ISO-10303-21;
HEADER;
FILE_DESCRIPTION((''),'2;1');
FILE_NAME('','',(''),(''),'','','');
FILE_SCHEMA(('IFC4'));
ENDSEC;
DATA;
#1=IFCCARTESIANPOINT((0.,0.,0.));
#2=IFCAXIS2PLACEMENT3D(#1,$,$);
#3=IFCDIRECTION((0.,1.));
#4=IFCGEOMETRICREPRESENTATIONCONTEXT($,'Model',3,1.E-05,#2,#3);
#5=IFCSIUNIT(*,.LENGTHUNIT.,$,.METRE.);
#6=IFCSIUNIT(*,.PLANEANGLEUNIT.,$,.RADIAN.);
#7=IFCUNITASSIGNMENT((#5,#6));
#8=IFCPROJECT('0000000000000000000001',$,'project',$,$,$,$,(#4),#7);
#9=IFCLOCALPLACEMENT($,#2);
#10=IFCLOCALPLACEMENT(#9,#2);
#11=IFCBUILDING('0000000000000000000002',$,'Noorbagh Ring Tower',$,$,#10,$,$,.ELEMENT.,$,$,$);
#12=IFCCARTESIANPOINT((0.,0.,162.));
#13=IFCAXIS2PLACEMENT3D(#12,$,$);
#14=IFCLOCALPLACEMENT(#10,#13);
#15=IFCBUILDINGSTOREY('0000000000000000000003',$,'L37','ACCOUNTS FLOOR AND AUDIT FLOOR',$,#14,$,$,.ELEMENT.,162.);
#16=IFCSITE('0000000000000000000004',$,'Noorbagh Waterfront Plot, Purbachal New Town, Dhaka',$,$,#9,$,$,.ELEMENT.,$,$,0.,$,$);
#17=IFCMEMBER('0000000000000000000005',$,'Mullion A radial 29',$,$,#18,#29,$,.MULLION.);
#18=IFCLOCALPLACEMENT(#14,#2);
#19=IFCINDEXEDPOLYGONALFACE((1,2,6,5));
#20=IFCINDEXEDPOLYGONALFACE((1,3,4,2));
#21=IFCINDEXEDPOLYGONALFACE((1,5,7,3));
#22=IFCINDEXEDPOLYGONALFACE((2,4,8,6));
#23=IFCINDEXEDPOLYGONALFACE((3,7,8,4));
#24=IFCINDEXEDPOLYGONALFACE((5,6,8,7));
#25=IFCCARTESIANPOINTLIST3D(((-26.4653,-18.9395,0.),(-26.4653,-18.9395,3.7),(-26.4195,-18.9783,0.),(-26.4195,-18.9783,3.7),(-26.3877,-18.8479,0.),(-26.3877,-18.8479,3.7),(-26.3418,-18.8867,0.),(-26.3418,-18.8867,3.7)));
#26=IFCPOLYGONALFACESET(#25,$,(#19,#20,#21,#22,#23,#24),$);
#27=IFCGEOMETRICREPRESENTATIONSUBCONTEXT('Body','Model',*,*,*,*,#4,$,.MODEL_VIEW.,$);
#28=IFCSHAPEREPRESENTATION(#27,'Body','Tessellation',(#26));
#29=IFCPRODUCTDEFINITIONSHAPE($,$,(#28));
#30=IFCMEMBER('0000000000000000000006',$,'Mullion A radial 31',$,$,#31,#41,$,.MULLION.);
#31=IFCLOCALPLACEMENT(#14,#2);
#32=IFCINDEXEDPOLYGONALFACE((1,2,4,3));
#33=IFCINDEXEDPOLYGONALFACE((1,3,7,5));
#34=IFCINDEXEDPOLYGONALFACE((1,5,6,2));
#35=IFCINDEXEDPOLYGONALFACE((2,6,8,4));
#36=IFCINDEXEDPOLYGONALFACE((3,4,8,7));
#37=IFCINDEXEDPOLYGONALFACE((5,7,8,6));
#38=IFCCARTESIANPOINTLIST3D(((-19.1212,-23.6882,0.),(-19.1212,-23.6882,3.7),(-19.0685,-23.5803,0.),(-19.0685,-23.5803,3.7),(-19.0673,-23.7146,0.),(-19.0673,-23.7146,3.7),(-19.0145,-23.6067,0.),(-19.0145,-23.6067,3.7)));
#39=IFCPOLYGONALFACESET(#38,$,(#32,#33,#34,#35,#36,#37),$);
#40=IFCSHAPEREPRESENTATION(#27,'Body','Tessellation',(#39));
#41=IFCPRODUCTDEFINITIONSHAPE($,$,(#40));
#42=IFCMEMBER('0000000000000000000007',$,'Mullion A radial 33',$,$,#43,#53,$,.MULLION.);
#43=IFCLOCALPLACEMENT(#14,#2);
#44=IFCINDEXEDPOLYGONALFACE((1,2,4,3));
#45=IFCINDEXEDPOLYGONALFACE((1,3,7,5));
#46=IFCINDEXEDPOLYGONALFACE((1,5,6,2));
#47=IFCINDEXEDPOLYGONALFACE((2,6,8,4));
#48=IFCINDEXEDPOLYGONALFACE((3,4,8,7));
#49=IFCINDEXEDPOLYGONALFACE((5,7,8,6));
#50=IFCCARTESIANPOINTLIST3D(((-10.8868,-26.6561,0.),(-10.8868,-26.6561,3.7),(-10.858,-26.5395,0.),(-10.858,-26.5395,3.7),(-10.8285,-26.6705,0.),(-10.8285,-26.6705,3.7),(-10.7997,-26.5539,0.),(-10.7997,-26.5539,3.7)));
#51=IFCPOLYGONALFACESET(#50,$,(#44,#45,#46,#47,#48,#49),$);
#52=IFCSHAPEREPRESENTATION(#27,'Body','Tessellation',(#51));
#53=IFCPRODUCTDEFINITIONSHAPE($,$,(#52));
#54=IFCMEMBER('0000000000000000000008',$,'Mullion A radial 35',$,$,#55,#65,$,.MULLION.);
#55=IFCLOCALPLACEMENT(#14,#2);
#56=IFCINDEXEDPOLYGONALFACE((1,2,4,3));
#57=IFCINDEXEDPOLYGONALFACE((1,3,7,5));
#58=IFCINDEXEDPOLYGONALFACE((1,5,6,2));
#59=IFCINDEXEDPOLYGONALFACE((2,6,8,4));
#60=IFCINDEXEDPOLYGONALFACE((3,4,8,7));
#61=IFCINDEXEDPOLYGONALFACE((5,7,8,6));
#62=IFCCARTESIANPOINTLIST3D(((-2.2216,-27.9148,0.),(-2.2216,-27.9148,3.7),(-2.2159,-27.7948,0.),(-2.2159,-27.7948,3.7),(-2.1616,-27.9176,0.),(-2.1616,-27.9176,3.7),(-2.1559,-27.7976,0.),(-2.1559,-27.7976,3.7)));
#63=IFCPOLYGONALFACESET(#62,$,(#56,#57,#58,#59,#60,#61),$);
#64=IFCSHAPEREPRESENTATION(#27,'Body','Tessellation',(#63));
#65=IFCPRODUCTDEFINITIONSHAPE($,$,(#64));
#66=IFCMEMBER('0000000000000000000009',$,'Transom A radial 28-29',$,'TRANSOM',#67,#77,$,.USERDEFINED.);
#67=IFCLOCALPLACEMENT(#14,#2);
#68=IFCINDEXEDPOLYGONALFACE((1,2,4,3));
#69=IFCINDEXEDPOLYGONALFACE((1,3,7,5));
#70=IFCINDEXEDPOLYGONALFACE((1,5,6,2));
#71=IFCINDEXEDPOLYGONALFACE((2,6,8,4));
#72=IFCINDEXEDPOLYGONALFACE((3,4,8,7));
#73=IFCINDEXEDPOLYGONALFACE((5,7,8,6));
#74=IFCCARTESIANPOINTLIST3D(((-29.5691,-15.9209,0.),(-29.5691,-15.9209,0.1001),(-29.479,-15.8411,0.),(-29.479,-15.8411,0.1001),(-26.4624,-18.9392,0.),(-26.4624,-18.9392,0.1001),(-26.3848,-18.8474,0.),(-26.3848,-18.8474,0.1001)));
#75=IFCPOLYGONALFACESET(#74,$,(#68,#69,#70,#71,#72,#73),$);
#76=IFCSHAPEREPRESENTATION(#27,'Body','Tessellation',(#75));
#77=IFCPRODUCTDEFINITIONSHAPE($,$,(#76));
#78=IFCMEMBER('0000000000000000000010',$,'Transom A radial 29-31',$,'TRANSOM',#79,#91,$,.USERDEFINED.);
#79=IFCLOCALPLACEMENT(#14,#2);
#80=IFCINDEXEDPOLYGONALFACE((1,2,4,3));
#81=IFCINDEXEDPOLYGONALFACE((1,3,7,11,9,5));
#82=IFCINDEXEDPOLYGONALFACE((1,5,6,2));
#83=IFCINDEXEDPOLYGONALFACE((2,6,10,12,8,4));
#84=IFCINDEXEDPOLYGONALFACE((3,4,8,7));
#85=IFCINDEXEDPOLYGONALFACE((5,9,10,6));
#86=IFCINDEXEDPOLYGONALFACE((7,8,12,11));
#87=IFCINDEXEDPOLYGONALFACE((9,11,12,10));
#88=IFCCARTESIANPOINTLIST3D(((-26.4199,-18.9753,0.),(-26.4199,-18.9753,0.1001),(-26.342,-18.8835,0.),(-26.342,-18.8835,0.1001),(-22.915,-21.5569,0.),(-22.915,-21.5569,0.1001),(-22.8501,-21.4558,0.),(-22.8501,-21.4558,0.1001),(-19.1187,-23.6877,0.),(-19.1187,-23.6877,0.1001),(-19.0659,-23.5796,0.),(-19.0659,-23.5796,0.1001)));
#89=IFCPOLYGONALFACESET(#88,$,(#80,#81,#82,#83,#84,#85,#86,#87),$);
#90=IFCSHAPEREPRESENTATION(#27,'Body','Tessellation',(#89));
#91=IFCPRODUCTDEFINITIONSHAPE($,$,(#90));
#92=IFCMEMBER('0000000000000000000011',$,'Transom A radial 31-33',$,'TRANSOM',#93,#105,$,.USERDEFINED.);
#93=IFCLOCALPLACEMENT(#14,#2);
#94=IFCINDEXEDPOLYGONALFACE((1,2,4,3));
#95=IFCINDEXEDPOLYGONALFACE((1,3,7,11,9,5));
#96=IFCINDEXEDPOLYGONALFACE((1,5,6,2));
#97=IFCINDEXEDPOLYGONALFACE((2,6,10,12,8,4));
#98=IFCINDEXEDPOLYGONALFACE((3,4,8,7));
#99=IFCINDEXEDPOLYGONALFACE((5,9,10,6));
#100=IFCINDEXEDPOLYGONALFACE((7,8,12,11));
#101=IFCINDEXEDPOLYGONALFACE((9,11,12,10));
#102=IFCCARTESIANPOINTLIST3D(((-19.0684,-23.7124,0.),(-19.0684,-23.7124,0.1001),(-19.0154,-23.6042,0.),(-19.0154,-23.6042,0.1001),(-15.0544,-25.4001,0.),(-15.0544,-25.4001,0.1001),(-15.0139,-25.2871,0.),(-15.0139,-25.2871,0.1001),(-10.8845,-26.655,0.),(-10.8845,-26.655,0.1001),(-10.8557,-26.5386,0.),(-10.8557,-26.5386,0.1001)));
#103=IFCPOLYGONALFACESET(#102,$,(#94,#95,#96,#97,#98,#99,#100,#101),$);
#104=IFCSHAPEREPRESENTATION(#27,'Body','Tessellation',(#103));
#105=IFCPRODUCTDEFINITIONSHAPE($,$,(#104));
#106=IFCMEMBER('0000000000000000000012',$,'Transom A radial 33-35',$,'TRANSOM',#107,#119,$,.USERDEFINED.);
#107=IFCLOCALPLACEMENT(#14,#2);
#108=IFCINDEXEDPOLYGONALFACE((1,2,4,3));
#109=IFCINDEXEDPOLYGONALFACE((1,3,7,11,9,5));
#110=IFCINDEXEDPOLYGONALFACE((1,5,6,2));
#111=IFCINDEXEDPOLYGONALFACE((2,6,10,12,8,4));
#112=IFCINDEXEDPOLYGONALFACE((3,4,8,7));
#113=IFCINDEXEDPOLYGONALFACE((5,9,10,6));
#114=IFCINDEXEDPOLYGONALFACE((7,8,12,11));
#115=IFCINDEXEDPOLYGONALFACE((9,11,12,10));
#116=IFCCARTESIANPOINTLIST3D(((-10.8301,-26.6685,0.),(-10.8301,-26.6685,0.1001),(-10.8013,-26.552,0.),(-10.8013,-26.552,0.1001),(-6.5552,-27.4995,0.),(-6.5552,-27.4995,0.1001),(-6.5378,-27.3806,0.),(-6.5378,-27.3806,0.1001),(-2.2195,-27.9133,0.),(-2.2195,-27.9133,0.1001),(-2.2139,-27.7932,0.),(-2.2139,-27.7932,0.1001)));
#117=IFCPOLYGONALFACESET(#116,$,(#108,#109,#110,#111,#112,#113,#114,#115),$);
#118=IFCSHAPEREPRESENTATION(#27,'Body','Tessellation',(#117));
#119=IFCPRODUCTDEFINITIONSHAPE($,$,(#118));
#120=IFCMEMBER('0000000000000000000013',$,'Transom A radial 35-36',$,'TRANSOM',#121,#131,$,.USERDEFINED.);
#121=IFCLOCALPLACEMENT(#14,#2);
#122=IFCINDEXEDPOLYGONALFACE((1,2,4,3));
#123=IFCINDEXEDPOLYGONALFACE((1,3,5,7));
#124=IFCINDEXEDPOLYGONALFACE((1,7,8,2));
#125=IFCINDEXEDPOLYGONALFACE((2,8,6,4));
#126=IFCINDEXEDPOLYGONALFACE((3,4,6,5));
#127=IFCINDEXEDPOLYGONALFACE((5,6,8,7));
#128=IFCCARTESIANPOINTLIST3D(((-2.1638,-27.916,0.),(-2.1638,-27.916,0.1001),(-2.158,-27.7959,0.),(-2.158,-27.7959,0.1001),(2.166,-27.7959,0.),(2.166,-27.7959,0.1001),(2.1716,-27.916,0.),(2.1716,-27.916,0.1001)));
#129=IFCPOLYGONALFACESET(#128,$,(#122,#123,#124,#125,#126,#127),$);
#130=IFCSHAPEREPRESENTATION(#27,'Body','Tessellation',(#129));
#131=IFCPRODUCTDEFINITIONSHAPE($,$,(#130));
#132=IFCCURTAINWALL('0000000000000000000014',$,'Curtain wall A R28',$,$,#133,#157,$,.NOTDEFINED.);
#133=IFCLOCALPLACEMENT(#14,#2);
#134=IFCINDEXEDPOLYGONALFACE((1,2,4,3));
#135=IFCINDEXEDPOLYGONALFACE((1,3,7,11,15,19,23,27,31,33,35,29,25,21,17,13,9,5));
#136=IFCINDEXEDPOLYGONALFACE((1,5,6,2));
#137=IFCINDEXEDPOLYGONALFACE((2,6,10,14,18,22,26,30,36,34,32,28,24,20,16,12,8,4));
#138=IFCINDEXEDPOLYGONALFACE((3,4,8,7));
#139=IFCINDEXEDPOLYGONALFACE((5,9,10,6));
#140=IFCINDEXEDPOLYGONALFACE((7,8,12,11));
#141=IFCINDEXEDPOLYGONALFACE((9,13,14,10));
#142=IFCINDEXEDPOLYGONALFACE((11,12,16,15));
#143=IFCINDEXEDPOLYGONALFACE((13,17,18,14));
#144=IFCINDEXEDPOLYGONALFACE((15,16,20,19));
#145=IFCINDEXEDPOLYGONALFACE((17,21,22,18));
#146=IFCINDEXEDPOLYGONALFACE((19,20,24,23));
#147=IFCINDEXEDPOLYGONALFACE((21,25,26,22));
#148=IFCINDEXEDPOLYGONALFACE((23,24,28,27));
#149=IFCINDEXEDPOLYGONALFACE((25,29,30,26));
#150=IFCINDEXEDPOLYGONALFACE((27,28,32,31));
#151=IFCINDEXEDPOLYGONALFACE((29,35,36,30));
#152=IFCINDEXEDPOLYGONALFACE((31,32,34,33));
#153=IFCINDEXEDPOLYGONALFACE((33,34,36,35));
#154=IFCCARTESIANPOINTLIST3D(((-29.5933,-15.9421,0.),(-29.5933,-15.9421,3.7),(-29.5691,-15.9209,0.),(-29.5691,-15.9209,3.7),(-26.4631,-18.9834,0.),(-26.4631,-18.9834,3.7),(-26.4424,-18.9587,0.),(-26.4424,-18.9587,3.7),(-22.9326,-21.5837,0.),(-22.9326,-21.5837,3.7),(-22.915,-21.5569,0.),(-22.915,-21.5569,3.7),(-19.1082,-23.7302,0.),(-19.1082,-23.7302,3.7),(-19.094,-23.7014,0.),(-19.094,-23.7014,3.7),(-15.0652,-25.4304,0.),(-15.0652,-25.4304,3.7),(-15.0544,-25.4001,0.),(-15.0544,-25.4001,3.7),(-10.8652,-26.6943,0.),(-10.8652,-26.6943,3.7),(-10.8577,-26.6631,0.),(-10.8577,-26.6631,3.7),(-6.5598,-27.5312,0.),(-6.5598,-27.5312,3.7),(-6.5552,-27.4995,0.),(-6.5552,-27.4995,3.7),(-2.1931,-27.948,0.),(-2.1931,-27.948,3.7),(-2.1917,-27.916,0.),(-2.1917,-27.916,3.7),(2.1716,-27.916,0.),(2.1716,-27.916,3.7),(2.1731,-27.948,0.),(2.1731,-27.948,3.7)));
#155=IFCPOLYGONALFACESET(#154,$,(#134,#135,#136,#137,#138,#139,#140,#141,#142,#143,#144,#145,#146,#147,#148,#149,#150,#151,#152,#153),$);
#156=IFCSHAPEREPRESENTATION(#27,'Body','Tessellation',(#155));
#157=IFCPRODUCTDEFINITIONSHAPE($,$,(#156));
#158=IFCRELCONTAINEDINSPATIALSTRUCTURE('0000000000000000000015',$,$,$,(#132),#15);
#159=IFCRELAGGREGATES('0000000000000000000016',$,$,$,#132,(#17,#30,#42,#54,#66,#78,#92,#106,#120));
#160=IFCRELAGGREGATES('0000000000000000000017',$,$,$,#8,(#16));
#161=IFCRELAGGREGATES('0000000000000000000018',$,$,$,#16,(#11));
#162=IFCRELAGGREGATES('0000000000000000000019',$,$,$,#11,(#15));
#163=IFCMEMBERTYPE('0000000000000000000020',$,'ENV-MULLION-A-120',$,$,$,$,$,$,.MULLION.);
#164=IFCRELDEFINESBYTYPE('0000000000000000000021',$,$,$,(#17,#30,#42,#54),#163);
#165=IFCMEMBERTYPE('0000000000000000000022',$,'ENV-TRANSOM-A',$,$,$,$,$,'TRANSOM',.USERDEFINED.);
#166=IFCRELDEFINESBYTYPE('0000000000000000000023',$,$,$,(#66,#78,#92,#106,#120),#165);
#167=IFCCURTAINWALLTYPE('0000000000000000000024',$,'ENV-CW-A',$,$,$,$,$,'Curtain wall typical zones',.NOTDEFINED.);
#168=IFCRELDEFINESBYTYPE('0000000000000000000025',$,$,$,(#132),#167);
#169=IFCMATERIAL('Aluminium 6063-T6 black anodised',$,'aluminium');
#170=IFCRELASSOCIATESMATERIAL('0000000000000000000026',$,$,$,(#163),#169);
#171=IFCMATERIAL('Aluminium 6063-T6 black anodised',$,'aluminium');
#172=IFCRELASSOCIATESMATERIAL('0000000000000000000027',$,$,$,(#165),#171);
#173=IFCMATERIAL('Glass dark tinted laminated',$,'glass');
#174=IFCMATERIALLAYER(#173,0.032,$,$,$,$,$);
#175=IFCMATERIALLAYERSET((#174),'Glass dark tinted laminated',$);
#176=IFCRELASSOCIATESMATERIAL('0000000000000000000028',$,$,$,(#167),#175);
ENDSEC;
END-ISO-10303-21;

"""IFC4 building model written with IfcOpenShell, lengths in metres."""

from ifc_helpers import new_model, si_unit, direction, frame, origin, origin_2d, place, context, subcontext, project, spatial, polyline, rectangle, outline, extrude, material, layer, layer_set, material_profile, profile_set, type_object, element, aggregate, save


model = new_model("IFC4")

# Units and contexts
model_context = context("Model", 3, precision=1e-05, world=origin(), true_north=direction((0.0, 1.0)))
body_context = subcontext(model_context, "Body", "Model", "MODEL_VIEW")
ifc_project = project(units=[si_unit("LENGTHUNIT", "METRE"), si_unit("PLANEANGLEUNIT", "RADIAN")], contexts=[model_context])

# Members
ifc_material_1 = material(Name="Aluminium 6063-T6 black anodised", Category="aluminium")
ifc_material_profile_1 = material_profile(ifc_material_1, rectangle(XDim=0.1201, YDim=0.0601, at=origin_2d()), Name="120x60")
ifc_profile_set_1 = profile_set([ifc_material_profile_1], Name="Aluminium 6063-T6 black anodised")
member_type_1 = type_object("IfcMemberType", Name="ENV-MULLION-A-120", PredefinedType="MULLION", material=ifc_profile_set_1)
site_placement = place(None, origin())
building_placement = place(site_placement, origin())
storey_placement = place(building_placement, frame((0.0, 0.0, 162.0)))
member_1_placement = place(storey_placement, frame((-26.4036, -18.9131, 0.0), z_axis=(0.0, 0.0, 1.0), x_axis=(0.646451, 0.762955, 0.0)))
member_1 = element("IfcMember", 1, at=member_1_placement, type_object=member_type_1, Name="Mullion A radial 29", PredefinedType="MULLION", context=body_context, shape_type="SweptSolid", body=[
    extrude(rectangle(XDim=0.1201, YDim=0.0601, at=origin_2d()), origin(), (0.0, 0.0, 1.0), 3.7),
])
member_2_placement = place(storey_placement, frame((-19.0679, -23.6475, 0.0), z_axis=(0.0, 0.0, 1.0), x_axis=(0.439238, 0.898371, 0.0)))
member_2 = element("IfcMember", 2, at=member_2_placement, type_object=member_type_1, Name="Mullion A radial 31", PredefinedType="MULLION", context=body_context, shape_type="SweptSolid", body=[
    extrude(rectangle(XDim=0.1201, YDim=0.0601, at=origin_2d()), origin(), (0.0, 0.0, 1.0), 3.7),
])
member_3_placement = place(storey_placement, frame((-10.8433, -26.605, 0.0), z_axis=(0.0, 0.0, 1.0), x_axis=(0.239799, 0.970823, 0.0)))
member_3 = element("IfcMember", 3, at=member_3_placement, type_object=member_type_1, Name="Mullion A radial 33", PredefinedType="MULLION", context=body_context, shape_type="SweptSolid", body=[
    extrude(rectangle(XDim=0.1201, YDim=0.0601, at=origin_2d()), origin(), (0.0, 0.0, 1.0), 3.7),
])
member_4_placement = place(storey_placement, frame((-2.1887, -27.8562, 0.0), z_axis=(0.0, 0.0, 1.0), x_axis=(0.047558, 0.998868, 0.0)))
member_4 = element("IfcMember", 4, at=member_4_placement, type_object=member_type_1, Name="Mullion A radial 35", PredefinedType="MULLION", context=body_context, shape_type="SweptSolid", body=[
    extrude(rectangle(XDim=0.1201, YDim=0.0601, at=origin_2d()), origin(), (0.0, 0.0, 1.0), 3.7),
])
ifc_material_2 = material(Name="Aluminium 6063-T6 black anodised", Category="aluminium")
member_type_2 = type_object("IfcMemberType", Name="ENV-TRANSOM-A", ElementType="TRANSOM", PredefinedType="USERDEFINED", material=ifc_material_2)
member_5_placement = place(storey_placement, origin())
member_5 = element("IfcMember", 5, at=member_5_placement, type_object=member_type_2, Name="Transom A radial 28-29", ObjectType="TRANSOM", PredefinedType="USERDEFINED", context=body_context, shape_type="SweptSolid", body=[
    extrude(outline(polyline([(-29.5691, -15.9209), (-26.4624, -18.9392), (-26.3848, -18.8474), (-29.479, -15.8411), (-29.5691, -15.9209)])), origin(), (0.0, 0.0, 1.0), 0.1001),
])
member_6_placement = place(storey_placement, origin())
member_6 = element("IfcMember", 6, at=member_6_placement, type_object=member_type_2, Name="Transom A radial 29-31", ObjectType="TRANSOM", PredefinedType="USERDEFINED", context=body_context, shape_type="SweptSolid", body=[
    extrude(outline(polyline([(-26.4199, -18.9753), (-22.915, -21.5569), (-19.1187, -23.6877), (-19.0659, -23.5796), (-22.8501, -21.4558), (-26.342, -18.8835), (-26.4199, -18.9753)])), origin(), (0.0, 0.0, 1.0), 0.1001),
])
member_7_placement = place(storey_placement, origin())
member_7 = element("IfcMember", 7, at=member_7_placement, type_object=member_type_2, Name="Transom A radial 31-33", ObjectType="TRANSOM", PredefinedType="USERDEFINED", context=body_context, shape_type="SweptSolid", body=[
    extrude(outline(polyline([(-19.0684, -23.7124), (-15.0544, -25.4001), (-10.8845, -26.655), (-10.8557, -26.5386), (-15.0139, -25.2871), (-19.0154, -23.6042), (-19.0684, -23.7124)])), origin(), (0.0, 0.0, 1.0), 0.1001),
])
member_8_placement = place(storey_placement, origin())
member_8 = element("IfcMember", 8, at=member_8_placement, type_object=member_type_2, Name="Transom A radial 33-35", ObjectType="TRANSOM", PredefinedType="USERDEFINED", context=body_context, shape_type="SweptSolid", body=[
    extrude(outline(polyline([(-10.8301, -26.6685), (-6.5552, -27.4995), (-2.2195, -27.9133), (-2.2139, -27.7932), (-6.5378, -27.3806), (-10.8013, -26.552), (-10.8301, -26.6685)])), origin(), (0.0, 0.0, 1.0), 0.1001),
])
member_9_placement = place(storey_placement, origin())
member_9 = element("IfcMember", 9, at=member_9_placement, type_object=member_type_2, Name="Transom A radial 35-36", ObjectType="TRANSOM", PredefinedType="USERDEFINED", context=body_context, shape_type="SweptSolid", body=[
    extrude(outline(polyline([(-2.1638, -27.916), (2.1716, -27.916), (2.166, -27.7959), (-2.158, -27.7959), (-2.1638, -27.916)])), origin(), (0.0, 0.0, 1.0), 0.1001),
])

# Site, building, storey
site = spatial("IfcSite", under=ifc_project, at=site_placement, Name="Noorbagh Waterfront Plot, Purbachal New Town, Dhaka", CompositionType="ELEMENT", RefElevation=0.0)
building = spatial("IfcBuilding", under=site, at=building_placement, Name="Noorbagh Ring Tower", CompositionType="ELEMENT")
storey = spatial("IfcBuildingStorey", under=building, at=storey_placement, Name="L37", Description="ACCOUNTS FLOOR AND AUDIT FLOOR", CompositionType="ELEMENT", Elevation=162.0)

# Curtain wall
ifc_material_3 = material(Name="Glass dark tinted laminated", Category="glass")
ifc_layer_1 = layer(ifc_material_3, 0.032)
ifc_layer_set_1 = layer_set([ifc_layer_1], Name="Glass dark tinted laminated")
curtain_wall_type_1 = type_object("IfcCurtainWallType", Name="ENV-CW-A", ElementType="Curtain wall typical zones", PredefinedType="NOTDEFINED", material=ifc_layer_set_1)
curtain_wall_1_placement = place(storey_placement, origin())
curtain_wall_1 = element("IfcCurtainWall", 10, at=curtain_wall_1_placement, inside=storey, type_object=curtain_wall_type_1, Name="Curtain wall A R28", PredefinedType="NOTDEFINED", context=body_context, shape_type="SweptSolid", body=[
    extrude(outline(polyline([(-29.5933, -15.9421), (-26.4631, -18.9834), (-22.9326, -21.5837), (-19.1082, -23.7302), (-15.0652, -25.4304), (-10.8652, -26.6943), (-6.5598, -27.5312), (-2.1931, -27.948), (2.1731, -27.948), (2.1716, -27.916), (-2.1917, -27.916), (-6.5552, -27.4995), (-10.8577, -26.6631), (-15.0544, -25.4001), (-19.094, -23.7014), (-22.915, -21.5569), (-26.4424, -18.9587), (-29.5691, -15.9209), (-29.5933, -15.9421)])), origin(), (0.0, 0.0, 1.0), 3.7),
])
aggregate(curtain_wall_1, [member_1, member_2, member_3, member_4, member_5, member_6, member_7, member_8, member_9])

save(model, "model.ifc")
